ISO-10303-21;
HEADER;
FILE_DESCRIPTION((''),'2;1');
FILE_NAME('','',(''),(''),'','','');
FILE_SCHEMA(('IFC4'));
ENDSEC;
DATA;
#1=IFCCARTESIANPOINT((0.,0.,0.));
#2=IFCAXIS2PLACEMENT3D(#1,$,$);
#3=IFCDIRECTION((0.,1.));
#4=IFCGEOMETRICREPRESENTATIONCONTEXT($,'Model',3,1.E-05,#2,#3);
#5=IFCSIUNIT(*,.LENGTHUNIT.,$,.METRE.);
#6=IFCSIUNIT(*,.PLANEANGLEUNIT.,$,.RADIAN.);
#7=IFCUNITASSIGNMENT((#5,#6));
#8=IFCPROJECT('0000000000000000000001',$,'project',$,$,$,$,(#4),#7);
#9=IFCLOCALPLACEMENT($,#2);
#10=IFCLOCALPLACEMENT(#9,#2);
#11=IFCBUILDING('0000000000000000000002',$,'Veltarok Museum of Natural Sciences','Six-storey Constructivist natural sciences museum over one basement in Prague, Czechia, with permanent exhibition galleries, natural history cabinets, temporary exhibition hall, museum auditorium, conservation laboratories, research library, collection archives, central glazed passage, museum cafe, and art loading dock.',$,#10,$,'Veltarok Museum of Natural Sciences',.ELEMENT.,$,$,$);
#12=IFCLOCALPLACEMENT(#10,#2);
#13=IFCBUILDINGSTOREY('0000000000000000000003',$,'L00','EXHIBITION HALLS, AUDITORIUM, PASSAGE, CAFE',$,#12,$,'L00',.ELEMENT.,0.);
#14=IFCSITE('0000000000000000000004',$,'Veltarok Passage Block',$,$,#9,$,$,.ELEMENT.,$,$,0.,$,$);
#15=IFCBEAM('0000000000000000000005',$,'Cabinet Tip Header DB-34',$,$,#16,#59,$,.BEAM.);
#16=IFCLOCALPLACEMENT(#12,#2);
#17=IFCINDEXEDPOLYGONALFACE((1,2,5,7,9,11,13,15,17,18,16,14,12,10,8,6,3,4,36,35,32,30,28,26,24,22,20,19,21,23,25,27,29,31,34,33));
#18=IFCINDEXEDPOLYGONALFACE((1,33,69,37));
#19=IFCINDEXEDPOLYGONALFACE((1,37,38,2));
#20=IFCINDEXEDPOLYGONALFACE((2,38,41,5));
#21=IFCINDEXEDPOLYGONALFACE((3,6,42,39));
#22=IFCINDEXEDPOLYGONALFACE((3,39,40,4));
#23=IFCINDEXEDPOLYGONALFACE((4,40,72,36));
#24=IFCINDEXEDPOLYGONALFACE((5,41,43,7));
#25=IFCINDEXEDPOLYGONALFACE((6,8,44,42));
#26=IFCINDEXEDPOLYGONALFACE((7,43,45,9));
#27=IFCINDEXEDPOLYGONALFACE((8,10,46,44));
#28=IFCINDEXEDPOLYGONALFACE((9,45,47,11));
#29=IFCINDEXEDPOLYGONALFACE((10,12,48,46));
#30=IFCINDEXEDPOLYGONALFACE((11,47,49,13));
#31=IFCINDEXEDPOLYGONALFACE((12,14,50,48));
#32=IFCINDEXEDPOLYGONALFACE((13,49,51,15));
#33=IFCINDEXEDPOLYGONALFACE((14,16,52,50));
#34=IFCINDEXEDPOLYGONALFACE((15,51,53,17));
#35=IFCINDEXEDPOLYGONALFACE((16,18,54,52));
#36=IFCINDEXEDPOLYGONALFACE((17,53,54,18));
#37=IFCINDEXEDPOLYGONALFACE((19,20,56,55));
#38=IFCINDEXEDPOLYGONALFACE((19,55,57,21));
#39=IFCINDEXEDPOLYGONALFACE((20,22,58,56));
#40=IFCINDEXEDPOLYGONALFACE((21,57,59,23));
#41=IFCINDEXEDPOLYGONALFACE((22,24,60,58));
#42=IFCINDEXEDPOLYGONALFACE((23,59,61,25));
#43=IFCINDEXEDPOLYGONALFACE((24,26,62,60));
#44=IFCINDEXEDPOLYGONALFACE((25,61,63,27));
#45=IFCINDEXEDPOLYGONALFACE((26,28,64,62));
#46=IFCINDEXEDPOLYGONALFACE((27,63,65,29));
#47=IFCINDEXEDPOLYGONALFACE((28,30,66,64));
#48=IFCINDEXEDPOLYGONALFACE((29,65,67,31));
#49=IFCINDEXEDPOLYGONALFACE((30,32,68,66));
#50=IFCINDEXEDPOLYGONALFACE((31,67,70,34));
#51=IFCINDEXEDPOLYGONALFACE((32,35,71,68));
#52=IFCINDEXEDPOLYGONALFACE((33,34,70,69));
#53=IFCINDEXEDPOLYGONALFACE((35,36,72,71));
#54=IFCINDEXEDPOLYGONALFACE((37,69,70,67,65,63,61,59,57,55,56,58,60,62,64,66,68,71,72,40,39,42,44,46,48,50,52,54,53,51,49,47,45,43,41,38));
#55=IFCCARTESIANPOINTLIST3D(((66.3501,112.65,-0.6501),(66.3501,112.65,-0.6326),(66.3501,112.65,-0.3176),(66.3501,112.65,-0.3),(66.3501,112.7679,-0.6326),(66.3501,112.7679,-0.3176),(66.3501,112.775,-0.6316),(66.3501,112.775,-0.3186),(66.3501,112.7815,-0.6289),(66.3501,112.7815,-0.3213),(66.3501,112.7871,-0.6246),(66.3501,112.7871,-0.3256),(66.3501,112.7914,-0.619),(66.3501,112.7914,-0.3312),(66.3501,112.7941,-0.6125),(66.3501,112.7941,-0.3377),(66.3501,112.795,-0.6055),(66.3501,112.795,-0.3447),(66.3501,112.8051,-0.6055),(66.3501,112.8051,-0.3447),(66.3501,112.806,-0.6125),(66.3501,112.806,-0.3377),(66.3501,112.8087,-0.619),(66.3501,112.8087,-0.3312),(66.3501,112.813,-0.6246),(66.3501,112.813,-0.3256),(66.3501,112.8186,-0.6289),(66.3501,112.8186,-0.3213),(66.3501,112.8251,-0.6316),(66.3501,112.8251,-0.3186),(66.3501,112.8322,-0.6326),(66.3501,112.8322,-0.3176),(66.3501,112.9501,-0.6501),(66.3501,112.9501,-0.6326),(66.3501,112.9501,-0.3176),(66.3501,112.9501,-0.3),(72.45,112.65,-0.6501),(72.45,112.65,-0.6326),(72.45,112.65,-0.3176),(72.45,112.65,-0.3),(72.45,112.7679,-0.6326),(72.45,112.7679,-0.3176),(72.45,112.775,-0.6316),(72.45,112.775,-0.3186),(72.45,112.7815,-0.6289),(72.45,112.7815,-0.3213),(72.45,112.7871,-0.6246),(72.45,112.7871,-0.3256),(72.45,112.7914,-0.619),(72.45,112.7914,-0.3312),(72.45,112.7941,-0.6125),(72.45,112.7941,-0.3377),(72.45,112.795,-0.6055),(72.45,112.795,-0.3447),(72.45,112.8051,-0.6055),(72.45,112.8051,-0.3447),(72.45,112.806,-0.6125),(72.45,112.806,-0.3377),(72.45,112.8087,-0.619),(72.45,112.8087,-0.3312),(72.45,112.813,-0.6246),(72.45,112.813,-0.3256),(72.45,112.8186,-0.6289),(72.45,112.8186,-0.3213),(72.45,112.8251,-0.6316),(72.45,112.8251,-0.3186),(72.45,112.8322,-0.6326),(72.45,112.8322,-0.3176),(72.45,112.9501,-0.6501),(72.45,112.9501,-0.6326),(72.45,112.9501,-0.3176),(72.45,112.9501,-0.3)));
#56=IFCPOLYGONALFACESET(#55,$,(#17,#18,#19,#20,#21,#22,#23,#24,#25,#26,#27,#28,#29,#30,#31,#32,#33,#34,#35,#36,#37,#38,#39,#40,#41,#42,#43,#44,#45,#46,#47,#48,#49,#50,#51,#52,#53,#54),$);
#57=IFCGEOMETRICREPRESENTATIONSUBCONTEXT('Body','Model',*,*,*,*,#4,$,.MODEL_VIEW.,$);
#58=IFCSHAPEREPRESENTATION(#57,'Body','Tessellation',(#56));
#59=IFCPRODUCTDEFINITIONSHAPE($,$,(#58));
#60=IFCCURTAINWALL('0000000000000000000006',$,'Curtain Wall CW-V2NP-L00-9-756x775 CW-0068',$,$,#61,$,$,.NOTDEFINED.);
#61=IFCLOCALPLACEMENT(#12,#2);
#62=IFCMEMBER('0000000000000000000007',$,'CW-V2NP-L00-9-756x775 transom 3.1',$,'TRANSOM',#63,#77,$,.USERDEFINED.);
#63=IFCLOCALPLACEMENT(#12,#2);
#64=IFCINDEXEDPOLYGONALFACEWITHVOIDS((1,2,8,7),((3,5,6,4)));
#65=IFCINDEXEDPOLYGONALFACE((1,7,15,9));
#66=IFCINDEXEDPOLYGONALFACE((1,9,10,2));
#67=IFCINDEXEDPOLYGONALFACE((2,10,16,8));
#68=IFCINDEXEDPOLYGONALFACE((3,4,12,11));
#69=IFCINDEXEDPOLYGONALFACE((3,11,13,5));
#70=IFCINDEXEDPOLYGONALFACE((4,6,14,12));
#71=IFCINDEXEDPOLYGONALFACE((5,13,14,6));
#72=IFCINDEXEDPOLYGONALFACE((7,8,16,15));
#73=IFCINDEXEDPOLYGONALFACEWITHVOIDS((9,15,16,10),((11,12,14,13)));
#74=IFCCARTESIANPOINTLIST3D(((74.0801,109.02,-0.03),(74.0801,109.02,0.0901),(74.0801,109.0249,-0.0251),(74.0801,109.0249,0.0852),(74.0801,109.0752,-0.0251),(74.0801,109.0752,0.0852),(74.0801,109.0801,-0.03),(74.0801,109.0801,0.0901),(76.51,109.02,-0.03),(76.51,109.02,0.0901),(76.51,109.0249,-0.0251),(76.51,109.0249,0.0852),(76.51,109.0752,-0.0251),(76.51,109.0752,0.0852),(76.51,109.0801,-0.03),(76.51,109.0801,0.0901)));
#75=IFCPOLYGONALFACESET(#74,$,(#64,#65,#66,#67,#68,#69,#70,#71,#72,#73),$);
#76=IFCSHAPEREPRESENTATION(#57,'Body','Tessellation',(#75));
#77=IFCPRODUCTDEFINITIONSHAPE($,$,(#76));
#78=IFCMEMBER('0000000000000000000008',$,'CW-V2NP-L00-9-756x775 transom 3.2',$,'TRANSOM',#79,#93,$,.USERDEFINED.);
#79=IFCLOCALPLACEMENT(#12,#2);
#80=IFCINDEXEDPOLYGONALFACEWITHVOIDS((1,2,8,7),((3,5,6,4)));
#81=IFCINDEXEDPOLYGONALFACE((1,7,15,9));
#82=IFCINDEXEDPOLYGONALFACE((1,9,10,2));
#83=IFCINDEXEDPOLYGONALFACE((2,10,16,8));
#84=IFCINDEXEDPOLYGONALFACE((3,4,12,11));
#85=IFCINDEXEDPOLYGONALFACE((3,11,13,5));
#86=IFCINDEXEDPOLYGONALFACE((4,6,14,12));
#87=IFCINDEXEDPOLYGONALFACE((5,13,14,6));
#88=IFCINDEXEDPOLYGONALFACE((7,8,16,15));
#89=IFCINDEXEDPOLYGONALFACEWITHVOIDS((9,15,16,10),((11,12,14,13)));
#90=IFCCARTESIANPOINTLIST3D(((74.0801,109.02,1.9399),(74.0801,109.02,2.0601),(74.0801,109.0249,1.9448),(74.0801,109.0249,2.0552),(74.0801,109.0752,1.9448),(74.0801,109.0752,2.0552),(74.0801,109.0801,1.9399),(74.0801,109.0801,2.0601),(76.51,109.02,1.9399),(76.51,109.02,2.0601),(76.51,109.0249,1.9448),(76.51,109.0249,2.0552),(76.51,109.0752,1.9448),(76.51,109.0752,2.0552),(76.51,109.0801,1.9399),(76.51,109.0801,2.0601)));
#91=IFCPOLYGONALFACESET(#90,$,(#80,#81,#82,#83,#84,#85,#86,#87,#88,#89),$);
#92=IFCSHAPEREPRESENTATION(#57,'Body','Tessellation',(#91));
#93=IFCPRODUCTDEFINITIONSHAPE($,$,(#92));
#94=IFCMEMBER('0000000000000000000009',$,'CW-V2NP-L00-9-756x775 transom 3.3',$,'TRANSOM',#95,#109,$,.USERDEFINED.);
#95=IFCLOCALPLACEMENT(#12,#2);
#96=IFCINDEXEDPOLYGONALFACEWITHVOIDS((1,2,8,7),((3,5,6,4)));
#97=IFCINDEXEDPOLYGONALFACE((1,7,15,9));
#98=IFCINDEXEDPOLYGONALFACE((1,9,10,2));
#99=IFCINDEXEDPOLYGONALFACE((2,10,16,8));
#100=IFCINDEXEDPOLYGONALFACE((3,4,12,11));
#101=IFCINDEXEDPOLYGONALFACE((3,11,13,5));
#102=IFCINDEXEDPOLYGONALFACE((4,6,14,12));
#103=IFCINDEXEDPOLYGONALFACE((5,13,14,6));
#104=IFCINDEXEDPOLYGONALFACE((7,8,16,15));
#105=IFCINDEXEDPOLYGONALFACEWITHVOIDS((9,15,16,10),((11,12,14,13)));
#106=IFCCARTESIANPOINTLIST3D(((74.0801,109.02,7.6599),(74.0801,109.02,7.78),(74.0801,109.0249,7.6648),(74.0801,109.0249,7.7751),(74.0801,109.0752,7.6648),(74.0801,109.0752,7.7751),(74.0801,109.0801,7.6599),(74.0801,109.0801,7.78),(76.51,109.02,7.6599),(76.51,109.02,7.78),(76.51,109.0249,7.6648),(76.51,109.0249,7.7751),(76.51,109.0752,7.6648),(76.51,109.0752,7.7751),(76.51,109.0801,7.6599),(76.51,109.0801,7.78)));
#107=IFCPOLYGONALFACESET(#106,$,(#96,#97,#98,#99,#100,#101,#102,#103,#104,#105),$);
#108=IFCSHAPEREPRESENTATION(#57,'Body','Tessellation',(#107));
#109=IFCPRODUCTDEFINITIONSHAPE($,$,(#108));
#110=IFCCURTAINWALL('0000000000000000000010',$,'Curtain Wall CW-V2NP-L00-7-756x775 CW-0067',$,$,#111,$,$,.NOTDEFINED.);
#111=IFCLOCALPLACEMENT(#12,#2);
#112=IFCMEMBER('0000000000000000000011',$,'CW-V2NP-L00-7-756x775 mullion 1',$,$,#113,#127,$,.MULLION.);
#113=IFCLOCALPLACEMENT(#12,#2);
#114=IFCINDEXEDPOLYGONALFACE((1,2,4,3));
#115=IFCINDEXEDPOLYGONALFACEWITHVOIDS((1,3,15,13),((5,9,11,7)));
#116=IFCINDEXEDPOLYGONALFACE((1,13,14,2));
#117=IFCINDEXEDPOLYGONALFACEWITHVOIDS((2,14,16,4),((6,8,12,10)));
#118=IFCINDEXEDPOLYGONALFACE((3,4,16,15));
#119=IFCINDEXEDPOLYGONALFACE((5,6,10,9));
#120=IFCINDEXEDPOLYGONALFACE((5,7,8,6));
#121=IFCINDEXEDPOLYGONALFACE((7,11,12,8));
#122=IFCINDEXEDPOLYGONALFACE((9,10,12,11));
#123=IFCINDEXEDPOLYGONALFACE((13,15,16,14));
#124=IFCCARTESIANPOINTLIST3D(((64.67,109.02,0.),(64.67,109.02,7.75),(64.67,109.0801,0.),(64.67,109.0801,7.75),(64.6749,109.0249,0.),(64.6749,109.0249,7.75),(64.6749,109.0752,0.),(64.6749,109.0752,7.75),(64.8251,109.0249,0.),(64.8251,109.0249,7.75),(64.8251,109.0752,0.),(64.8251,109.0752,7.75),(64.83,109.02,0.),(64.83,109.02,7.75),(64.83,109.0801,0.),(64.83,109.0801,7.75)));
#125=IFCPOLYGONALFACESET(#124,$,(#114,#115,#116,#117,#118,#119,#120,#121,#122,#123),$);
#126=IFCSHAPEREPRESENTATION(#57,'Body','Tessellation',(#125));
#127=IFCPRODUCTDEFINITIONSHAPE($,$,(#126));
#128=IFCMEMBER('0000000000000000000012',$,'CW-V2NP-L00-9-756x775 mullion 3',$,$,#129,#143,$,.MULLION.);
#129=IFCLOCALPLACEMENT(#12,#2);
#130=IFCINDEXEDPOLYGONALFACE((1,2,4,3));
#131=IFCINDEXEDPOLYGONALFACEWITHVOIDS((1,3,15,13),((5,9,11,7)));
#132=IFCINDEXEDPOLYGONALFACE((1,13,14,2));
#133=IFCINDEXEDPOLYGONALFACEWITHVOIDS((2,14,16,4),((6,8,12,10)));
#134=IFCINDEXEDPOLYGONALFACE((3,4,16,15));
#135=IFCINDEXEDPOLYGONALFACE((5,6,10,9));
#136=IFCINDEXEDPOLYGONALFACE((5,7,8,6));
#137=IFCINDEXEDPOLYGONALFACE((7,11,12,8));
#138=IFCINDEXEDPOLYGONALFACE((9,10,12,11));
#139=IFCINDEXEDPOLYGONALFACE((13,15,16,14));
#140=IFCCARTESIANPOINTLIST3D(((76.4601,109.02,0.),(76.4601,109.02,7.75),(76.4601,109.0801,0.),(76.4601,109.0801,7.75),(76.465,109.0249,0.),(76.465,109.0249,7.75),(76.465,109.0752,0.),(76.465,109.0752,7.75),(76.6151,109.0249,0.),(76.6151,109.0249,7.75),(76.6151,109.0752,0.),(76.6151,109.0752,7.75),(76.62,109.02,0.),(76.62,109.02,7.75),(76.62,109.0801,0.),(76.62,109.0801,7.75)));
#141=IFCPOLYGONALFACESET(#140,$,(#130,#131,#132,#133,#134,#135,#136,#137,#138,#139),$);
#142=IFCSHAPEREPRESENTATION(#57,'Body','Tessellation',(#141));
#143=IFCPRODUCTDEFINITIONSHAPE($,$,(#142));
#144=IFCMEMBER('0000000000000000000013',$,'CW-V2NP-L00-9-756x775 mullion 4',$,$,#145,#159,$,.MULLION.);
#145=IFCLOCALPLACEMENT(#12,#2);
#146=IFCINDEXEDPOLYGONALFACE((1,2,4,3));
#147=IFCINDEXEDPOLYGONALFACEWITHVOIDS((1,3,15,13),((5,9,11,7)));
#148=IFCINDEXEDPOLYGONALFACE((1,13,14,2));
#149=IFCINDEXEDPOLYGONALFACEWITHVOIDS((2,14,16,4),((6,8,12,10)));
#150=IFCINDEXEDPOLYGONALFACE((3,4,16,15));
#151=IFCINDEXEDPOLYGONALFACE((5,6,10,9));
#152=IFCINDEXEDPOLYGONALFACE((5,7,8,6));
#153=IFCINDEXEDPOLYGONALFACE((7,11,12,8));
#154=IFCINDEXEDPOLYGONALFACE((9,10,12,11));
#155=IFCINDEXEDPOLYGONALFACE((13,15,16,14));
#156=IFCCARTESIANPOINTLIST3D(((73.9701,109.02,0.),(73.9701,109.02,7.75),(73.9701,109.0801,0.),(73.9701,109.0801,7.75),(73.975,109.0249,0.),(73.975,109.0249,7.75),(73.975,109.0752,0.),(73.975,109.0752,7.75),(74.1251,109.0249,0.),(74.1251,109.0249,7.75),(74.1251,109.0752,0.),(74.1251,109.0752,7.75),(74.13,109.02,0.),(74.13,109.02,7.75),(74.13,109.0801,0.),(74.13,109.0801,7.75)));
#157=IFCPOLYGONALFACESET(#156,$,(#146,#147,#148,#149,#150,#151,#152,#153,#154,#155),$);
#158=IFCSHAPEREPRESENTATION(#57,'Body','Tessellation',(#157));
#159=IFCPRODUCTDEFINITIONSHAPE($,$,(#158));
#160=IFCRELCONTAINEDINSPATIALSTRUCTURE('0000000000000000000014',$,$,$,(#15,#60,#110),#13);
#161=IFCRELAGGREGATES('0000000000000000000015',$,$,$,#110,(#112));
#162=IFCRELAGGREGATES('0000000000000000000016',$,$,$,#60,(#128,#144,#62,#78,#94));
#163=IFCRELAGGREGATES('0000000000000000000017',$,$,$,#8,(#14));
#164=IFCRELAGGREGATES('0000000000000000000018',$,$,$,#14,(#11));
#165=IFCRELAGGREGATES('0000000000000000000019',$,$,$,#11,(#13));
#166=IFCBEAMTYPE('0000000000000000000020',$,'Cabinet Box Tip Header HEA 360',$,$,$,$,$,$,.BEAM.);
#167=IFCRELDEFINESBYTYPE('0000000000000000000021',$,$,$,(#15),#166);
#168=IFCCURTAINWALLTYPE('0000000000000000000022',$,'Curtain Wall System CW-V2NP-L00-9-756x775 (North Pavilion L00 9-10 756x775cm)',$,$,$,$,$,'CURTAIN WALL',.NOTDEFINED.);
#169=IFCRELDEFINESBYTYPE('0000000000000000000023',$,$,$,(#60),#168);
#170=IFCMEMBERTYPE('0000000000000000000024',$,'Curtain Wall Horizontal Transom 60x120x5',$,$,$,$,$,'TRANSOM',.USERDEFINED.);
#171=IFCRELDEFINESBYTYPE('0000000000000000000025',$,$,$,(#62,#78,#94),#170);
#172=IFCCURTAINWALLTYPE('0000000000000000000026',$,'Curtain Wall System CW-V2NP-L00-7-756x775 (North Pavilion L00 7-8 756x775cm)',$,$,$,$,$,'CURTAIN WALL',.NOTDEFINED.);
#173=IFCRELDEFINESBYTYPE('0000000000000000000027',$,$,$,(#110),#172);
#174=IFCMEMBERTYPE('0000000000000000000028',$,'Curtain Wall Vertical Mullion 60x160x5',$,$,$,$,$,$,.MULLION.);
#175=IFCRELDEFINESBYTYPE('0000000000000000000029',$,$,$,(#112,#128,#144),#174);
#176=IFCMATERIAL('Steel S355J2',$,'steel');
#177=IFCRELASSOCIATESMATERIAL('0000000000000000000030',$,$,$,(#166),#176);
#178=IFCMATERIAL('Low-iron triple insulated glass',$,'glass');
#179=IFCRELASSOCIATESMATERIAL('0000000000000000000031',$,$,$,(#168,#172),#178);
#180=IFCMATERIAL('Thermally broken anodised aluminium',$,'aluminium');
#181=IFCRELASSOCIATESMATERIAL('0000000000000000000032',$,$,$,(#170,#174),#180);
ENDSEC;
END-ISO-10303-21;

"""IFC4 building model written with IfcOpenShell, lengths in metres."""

from ifc_helpers import new_model, si_unit, direction, frame, origin, origin_2d, place, context, subcontext, project, spatial, hollow_rectangle, i_section, extrude, material, material_profile, profile_set, type_object, element, aggregate, save


model = new_model("IFC4")

# Units and contexts
model_context = context("Model", 3, precision=1e-05, world=origin(), true_north=direction((0.0, 1.0)))
body_context = subcontext(model_context, "Body", "Model", "MODEL_VIEW")
ifc_project = project(units=[si_unit("LENGTHUNIT", "METRE"), si_unit("PLANEANGLEUNIT", "RADIAN")], contexts=[model_context])

# Site, building, storey
site_placement = place(None, origin())
site = spatial("IfcSite", under=ifc_project, at=site_placement, Name="Veltarok Passage Block", CompositionType="ELEMENT", RefElevation=0.0)
building_placement = place(site_placement, origin())
building = spatial("IfcBuilding", under=site, at=building_placement, Name="Veltarok Museum of Natural Sciences", Description="Six-storey Constructivist natural sciences museum over one basement in Prague, Czechia, with permanent exhibition galleries, natural history cabinets, temporary exhibition hall, museum auditorium, conservation laboratories, research library, collection archives, central glazed passage, museum cafe, and art loading dock.", LongName="Veltarok Museum of Natural Sciences", CompositionType="ELEMENT")
storey_placement = place(building_placement, origin())
storey = spatial("IfcBuildingStorey", under=building, at=storey_placement, Name="L00", Description="EXHIBITION HALLS, AUDITORIUM, PASSAGE, CAFE", LongName="L00", CompositionType="ELEMENT", Elevation=0.0)

# Shared definitions
ifc_material_1 = material(Name="Steel S355J2", Category="steel")

# Beam
ifc_material_profile_1 = material_profile(ifc_material_1, i_section(OverallWidth=0.3, OverallDepth=0.3501, WebThickness=0.01, FlangeThickness=0.0176, FilletRadius=0.0271, at=origin_2d()), Name="HEA 360")
ifc_profile_set_1 = profile_set([ifc_material_profile_1], Name="Steel S355J2")
beam_type_1 = type_object("IfcBeamType", Name="Cabinet Box Tip Header HEA 360", PredefinedType="BEAM", material=ifc_profile_set_1)
beam_1_placement = place(storey_placement, frame((66.3501, 112.8, -0.4751), z_axis=(1.0, 0.0, 0.0), x_axis=(0.0, 1.0, 0.0)))
element("IfcBeam", 1, at=beam_1_placement, inside=storey, type_object=beam_type_1, Name="Cabinet Tip Header DB-34", PredefinedType="BEAM", context=body_context, shape_type="SweptSolid", body=[
    extrude(i_section(OverallWidth=0.3, OverallDepth=0.3501, WebThickness=0.01, FlangeThickness=0.0176, FilletRadius=0.0271, at=origin_2d()), origin(), (0.0, 0.0, 1.0), 6.0999),
])

# Curtain wall, members
ifc_material_2 = material(Name="Low-iron triple insulated glass", Category="glass")
curtain_wall_type_1 = type_object("IfcCurtainWallType", Name="Curtain Wall System CW-V2NP-L00-9-756x775 (North Pavilion L00 9-10 756x775cm)", ElementType="CURTAIN WALL", PredefinedType="NOTDEFINED", material=ifc_material_2)
curtain_wall_1_placement = place(storey_placement, origin())
curtain_wall_1 = element("IfcCurtainWall", 2, at=curtain_wall_1_placement, inside=storey, type_object=curtain_wall_type_1, Name="Curtain Wall CW-V2NP-L00-9-756x775 CW-0068", PredefinedType="NOTDEFINED")
ifc_material_3 = material(Name="Thermally broken anodised aluminium", Category="aluminium")
ifc_material_profile_2 = material_profile(ifc_material_3, hollow_rectangle(XDim=0.0601, YDim=0.1201, WallThickness=0.0049, at=origin_2d()), Name="CW TRANSOM 60x120x5")
ifc_profile_set_2 = profile_set([ifc_material_profile_2], Name="Thermally broken anodised aluminium")
member_type_1 = type_object("IfcMemberType", Name="Curtain Wall Horizontal Transom 60x120x5", ElementType="TRANSOM", PredefinedType="USERDEFINED", material=ifc_profile_set_2)
member_1_placement = place(storey_placement, frame((76.51, 109.05, 0.03), z_axis=(-1.0, 0.0, 0.0), x_axis=(0.0, -1.0, 0.0)))
member_1 = element("IfcMember", 3, at=member_1_placement, type_object=member_type_1, Name="CW-V2NP-L00-9-756x775 transom 3.1", ObjectType="TRANSOM", PredefinedType="USERDEFINED", context=body_context, shape_type="SweptSolid", body=[
    extrude(hollow_rectangle(XDim=0.0601, YDim=0.1201, WallThickness=0.0049, at=origin_2d()), origin(), (0.0, 0.0, 1.0), 2.4299),
])
member_2_placement = place(storey_placement, frame((76.51, 109.05, 2.0), z_axis=(-1.0, 0.0, 0.0), x_axis=(0.0, -1.0, 0.0)))
member_2 = element("IfcMember", 4, at=member_2_placement, type_object=member_type_1, Name="CW-V2NP-L00-9-756x775 transom 3.2", ObjectType="TRANSOM", PredefinedType="USERDEFINED", context=body_context, shape_type="SweptSolid", body=[
    extrude(hollow_rectangle(XDim=0.0601, YDim=0.1201, WallThickness=0.0049, at=origin_2d()), origin(), (0.0, 0.0, 1.0), 2.4299),
])
member_3_placement = place(storey_placement, frame((76.51, 109.05, 7.72), z_axis=(-1.0, 0.0, 0.0), x_axis=(0.0, -1.0, 0.0)))
member_3 = element("IfcMember", 5, at=member_3_placement, type_object=member_type_1, Name="CW-V2NP-L00-9-756x775 transom 3.3", ObjectType="TRANSOM", PredefinedType="USERDEFINED", context=body_context, shape_type="SweptSolid", body=[
    extrude(hollow_rectangle(XDim=0.0601, YDim=0.1201, WallThickness=0.0049, at=origin_2d()), origin(), (0.0, 0.0, 1.0), 2.4299),
])

# Curtain wall, member
curtain_wall_type_2 = type_object("IfcCurtainWallType", Name="Curtain Wall System CW-V2NP-L00-7-756x775 (North Pavilion L00 7-8 756x775cm)", ElementType="CURTAIN WALL", PredefinedType="NOTDEFINED", material=ifc_material_2)
curtain_wall_2_placement = place(storey_placement, origin())
curtain_wall_2 = element("IfcCurtainWall", 6, at=curtain_wall_2_placement, inside=storey, type_object=curtain_wall_type_2, Name="Curtain Wall CW-V2NP-L00-7-756x775 CW-0067", PredefinedType="NOTDEFINED")
ifc_material_profile_3 = material_profile(ifc_material_3, hollow_rectangle(XDim=0.0601, YDim=0.1599, WallThickness=0.0049, at=origin_2d()), Name="CW MULLION 60x160x5")
ifc_profile_set_3 = profile_set([ifc_material_profile_3], Name="Thermally broken anodised aluminium")
member_type_2 = type_object("IfcMemberType", Name="Curtain Wall Vertical Mullion 60x160x5", PredefinedType="MULLION", material=ifc_profile_set_3)
member_4_placement = place(storey_placement, frame((64.75, 109.05, 0.0), z_axis=(0.0, 0.0, 1.0), x_axis=(0.0, -1.0, 0.0)))
member_4 = element("IfcMember", 7, at=member_4_placement, type_object=member_type_2, Name="CW-V2NP-L00-7-756x775 mullion 1", PredefinedType="MULLION", context=body_context, shape_type="SweptSolid", body=[
    extrude(hollow_rectangle(XDim=0.0601, YDim=0.1599, WallThickness=0.0049, at=origin_2d()), origin(), (0.0, 0.0, 1.0), 7.75),
])
aggregate(curtain_wall_2, [member_4])

# Members
member_5_placement = place(storey_placement, frame((76.54, 109.05, 0.0), z_axis=(0.0, 0.0, 1.0), x_axis=(0.0, -1.0, 0.0)))
member_5 = element("IfcMember", 8, at=member_5_placement, type_object=member_type_2, Name="CW-V2NP-L00-9-756x775 mullion 3", PredefinedType="MULLION", context=body_context, shape_type="SweptSolid", body=[
    extrude(hollow_rectangle(XDim=0.0601, YDim=0.1599, WallThickness=0.0049, at=origin_2d()), origin(), (0.0, 0.0, 1.0), 7.75),
])
member_6_placement = place(storey_placement, frame((74.05, 109.05, 0.0), z_axis=(0.0, 0.0, 1.0), x_axis=(0.0, -1.0, 0.0)))
member_6 = element("IfcMember", 9, at=member_6_placement, type_object=member_type_2, Name="CW-V2NP-L00-9-756x775 mullion 4", PredefinedType="MULLION", context=body_context, shape_type="SweptSolid", body=[
    extrude(hollow_rectangle(XDim=0.0601, YDim=0.1599, WallThickness=0.0049, at=origin_2d()), origin(), (0.0, 0.0, 1.0), 7.75),
])

aggregate(curtain_wall_1, [member_5, member_6, member_1, member_2, member_3])

save(model, "model.ifc")
